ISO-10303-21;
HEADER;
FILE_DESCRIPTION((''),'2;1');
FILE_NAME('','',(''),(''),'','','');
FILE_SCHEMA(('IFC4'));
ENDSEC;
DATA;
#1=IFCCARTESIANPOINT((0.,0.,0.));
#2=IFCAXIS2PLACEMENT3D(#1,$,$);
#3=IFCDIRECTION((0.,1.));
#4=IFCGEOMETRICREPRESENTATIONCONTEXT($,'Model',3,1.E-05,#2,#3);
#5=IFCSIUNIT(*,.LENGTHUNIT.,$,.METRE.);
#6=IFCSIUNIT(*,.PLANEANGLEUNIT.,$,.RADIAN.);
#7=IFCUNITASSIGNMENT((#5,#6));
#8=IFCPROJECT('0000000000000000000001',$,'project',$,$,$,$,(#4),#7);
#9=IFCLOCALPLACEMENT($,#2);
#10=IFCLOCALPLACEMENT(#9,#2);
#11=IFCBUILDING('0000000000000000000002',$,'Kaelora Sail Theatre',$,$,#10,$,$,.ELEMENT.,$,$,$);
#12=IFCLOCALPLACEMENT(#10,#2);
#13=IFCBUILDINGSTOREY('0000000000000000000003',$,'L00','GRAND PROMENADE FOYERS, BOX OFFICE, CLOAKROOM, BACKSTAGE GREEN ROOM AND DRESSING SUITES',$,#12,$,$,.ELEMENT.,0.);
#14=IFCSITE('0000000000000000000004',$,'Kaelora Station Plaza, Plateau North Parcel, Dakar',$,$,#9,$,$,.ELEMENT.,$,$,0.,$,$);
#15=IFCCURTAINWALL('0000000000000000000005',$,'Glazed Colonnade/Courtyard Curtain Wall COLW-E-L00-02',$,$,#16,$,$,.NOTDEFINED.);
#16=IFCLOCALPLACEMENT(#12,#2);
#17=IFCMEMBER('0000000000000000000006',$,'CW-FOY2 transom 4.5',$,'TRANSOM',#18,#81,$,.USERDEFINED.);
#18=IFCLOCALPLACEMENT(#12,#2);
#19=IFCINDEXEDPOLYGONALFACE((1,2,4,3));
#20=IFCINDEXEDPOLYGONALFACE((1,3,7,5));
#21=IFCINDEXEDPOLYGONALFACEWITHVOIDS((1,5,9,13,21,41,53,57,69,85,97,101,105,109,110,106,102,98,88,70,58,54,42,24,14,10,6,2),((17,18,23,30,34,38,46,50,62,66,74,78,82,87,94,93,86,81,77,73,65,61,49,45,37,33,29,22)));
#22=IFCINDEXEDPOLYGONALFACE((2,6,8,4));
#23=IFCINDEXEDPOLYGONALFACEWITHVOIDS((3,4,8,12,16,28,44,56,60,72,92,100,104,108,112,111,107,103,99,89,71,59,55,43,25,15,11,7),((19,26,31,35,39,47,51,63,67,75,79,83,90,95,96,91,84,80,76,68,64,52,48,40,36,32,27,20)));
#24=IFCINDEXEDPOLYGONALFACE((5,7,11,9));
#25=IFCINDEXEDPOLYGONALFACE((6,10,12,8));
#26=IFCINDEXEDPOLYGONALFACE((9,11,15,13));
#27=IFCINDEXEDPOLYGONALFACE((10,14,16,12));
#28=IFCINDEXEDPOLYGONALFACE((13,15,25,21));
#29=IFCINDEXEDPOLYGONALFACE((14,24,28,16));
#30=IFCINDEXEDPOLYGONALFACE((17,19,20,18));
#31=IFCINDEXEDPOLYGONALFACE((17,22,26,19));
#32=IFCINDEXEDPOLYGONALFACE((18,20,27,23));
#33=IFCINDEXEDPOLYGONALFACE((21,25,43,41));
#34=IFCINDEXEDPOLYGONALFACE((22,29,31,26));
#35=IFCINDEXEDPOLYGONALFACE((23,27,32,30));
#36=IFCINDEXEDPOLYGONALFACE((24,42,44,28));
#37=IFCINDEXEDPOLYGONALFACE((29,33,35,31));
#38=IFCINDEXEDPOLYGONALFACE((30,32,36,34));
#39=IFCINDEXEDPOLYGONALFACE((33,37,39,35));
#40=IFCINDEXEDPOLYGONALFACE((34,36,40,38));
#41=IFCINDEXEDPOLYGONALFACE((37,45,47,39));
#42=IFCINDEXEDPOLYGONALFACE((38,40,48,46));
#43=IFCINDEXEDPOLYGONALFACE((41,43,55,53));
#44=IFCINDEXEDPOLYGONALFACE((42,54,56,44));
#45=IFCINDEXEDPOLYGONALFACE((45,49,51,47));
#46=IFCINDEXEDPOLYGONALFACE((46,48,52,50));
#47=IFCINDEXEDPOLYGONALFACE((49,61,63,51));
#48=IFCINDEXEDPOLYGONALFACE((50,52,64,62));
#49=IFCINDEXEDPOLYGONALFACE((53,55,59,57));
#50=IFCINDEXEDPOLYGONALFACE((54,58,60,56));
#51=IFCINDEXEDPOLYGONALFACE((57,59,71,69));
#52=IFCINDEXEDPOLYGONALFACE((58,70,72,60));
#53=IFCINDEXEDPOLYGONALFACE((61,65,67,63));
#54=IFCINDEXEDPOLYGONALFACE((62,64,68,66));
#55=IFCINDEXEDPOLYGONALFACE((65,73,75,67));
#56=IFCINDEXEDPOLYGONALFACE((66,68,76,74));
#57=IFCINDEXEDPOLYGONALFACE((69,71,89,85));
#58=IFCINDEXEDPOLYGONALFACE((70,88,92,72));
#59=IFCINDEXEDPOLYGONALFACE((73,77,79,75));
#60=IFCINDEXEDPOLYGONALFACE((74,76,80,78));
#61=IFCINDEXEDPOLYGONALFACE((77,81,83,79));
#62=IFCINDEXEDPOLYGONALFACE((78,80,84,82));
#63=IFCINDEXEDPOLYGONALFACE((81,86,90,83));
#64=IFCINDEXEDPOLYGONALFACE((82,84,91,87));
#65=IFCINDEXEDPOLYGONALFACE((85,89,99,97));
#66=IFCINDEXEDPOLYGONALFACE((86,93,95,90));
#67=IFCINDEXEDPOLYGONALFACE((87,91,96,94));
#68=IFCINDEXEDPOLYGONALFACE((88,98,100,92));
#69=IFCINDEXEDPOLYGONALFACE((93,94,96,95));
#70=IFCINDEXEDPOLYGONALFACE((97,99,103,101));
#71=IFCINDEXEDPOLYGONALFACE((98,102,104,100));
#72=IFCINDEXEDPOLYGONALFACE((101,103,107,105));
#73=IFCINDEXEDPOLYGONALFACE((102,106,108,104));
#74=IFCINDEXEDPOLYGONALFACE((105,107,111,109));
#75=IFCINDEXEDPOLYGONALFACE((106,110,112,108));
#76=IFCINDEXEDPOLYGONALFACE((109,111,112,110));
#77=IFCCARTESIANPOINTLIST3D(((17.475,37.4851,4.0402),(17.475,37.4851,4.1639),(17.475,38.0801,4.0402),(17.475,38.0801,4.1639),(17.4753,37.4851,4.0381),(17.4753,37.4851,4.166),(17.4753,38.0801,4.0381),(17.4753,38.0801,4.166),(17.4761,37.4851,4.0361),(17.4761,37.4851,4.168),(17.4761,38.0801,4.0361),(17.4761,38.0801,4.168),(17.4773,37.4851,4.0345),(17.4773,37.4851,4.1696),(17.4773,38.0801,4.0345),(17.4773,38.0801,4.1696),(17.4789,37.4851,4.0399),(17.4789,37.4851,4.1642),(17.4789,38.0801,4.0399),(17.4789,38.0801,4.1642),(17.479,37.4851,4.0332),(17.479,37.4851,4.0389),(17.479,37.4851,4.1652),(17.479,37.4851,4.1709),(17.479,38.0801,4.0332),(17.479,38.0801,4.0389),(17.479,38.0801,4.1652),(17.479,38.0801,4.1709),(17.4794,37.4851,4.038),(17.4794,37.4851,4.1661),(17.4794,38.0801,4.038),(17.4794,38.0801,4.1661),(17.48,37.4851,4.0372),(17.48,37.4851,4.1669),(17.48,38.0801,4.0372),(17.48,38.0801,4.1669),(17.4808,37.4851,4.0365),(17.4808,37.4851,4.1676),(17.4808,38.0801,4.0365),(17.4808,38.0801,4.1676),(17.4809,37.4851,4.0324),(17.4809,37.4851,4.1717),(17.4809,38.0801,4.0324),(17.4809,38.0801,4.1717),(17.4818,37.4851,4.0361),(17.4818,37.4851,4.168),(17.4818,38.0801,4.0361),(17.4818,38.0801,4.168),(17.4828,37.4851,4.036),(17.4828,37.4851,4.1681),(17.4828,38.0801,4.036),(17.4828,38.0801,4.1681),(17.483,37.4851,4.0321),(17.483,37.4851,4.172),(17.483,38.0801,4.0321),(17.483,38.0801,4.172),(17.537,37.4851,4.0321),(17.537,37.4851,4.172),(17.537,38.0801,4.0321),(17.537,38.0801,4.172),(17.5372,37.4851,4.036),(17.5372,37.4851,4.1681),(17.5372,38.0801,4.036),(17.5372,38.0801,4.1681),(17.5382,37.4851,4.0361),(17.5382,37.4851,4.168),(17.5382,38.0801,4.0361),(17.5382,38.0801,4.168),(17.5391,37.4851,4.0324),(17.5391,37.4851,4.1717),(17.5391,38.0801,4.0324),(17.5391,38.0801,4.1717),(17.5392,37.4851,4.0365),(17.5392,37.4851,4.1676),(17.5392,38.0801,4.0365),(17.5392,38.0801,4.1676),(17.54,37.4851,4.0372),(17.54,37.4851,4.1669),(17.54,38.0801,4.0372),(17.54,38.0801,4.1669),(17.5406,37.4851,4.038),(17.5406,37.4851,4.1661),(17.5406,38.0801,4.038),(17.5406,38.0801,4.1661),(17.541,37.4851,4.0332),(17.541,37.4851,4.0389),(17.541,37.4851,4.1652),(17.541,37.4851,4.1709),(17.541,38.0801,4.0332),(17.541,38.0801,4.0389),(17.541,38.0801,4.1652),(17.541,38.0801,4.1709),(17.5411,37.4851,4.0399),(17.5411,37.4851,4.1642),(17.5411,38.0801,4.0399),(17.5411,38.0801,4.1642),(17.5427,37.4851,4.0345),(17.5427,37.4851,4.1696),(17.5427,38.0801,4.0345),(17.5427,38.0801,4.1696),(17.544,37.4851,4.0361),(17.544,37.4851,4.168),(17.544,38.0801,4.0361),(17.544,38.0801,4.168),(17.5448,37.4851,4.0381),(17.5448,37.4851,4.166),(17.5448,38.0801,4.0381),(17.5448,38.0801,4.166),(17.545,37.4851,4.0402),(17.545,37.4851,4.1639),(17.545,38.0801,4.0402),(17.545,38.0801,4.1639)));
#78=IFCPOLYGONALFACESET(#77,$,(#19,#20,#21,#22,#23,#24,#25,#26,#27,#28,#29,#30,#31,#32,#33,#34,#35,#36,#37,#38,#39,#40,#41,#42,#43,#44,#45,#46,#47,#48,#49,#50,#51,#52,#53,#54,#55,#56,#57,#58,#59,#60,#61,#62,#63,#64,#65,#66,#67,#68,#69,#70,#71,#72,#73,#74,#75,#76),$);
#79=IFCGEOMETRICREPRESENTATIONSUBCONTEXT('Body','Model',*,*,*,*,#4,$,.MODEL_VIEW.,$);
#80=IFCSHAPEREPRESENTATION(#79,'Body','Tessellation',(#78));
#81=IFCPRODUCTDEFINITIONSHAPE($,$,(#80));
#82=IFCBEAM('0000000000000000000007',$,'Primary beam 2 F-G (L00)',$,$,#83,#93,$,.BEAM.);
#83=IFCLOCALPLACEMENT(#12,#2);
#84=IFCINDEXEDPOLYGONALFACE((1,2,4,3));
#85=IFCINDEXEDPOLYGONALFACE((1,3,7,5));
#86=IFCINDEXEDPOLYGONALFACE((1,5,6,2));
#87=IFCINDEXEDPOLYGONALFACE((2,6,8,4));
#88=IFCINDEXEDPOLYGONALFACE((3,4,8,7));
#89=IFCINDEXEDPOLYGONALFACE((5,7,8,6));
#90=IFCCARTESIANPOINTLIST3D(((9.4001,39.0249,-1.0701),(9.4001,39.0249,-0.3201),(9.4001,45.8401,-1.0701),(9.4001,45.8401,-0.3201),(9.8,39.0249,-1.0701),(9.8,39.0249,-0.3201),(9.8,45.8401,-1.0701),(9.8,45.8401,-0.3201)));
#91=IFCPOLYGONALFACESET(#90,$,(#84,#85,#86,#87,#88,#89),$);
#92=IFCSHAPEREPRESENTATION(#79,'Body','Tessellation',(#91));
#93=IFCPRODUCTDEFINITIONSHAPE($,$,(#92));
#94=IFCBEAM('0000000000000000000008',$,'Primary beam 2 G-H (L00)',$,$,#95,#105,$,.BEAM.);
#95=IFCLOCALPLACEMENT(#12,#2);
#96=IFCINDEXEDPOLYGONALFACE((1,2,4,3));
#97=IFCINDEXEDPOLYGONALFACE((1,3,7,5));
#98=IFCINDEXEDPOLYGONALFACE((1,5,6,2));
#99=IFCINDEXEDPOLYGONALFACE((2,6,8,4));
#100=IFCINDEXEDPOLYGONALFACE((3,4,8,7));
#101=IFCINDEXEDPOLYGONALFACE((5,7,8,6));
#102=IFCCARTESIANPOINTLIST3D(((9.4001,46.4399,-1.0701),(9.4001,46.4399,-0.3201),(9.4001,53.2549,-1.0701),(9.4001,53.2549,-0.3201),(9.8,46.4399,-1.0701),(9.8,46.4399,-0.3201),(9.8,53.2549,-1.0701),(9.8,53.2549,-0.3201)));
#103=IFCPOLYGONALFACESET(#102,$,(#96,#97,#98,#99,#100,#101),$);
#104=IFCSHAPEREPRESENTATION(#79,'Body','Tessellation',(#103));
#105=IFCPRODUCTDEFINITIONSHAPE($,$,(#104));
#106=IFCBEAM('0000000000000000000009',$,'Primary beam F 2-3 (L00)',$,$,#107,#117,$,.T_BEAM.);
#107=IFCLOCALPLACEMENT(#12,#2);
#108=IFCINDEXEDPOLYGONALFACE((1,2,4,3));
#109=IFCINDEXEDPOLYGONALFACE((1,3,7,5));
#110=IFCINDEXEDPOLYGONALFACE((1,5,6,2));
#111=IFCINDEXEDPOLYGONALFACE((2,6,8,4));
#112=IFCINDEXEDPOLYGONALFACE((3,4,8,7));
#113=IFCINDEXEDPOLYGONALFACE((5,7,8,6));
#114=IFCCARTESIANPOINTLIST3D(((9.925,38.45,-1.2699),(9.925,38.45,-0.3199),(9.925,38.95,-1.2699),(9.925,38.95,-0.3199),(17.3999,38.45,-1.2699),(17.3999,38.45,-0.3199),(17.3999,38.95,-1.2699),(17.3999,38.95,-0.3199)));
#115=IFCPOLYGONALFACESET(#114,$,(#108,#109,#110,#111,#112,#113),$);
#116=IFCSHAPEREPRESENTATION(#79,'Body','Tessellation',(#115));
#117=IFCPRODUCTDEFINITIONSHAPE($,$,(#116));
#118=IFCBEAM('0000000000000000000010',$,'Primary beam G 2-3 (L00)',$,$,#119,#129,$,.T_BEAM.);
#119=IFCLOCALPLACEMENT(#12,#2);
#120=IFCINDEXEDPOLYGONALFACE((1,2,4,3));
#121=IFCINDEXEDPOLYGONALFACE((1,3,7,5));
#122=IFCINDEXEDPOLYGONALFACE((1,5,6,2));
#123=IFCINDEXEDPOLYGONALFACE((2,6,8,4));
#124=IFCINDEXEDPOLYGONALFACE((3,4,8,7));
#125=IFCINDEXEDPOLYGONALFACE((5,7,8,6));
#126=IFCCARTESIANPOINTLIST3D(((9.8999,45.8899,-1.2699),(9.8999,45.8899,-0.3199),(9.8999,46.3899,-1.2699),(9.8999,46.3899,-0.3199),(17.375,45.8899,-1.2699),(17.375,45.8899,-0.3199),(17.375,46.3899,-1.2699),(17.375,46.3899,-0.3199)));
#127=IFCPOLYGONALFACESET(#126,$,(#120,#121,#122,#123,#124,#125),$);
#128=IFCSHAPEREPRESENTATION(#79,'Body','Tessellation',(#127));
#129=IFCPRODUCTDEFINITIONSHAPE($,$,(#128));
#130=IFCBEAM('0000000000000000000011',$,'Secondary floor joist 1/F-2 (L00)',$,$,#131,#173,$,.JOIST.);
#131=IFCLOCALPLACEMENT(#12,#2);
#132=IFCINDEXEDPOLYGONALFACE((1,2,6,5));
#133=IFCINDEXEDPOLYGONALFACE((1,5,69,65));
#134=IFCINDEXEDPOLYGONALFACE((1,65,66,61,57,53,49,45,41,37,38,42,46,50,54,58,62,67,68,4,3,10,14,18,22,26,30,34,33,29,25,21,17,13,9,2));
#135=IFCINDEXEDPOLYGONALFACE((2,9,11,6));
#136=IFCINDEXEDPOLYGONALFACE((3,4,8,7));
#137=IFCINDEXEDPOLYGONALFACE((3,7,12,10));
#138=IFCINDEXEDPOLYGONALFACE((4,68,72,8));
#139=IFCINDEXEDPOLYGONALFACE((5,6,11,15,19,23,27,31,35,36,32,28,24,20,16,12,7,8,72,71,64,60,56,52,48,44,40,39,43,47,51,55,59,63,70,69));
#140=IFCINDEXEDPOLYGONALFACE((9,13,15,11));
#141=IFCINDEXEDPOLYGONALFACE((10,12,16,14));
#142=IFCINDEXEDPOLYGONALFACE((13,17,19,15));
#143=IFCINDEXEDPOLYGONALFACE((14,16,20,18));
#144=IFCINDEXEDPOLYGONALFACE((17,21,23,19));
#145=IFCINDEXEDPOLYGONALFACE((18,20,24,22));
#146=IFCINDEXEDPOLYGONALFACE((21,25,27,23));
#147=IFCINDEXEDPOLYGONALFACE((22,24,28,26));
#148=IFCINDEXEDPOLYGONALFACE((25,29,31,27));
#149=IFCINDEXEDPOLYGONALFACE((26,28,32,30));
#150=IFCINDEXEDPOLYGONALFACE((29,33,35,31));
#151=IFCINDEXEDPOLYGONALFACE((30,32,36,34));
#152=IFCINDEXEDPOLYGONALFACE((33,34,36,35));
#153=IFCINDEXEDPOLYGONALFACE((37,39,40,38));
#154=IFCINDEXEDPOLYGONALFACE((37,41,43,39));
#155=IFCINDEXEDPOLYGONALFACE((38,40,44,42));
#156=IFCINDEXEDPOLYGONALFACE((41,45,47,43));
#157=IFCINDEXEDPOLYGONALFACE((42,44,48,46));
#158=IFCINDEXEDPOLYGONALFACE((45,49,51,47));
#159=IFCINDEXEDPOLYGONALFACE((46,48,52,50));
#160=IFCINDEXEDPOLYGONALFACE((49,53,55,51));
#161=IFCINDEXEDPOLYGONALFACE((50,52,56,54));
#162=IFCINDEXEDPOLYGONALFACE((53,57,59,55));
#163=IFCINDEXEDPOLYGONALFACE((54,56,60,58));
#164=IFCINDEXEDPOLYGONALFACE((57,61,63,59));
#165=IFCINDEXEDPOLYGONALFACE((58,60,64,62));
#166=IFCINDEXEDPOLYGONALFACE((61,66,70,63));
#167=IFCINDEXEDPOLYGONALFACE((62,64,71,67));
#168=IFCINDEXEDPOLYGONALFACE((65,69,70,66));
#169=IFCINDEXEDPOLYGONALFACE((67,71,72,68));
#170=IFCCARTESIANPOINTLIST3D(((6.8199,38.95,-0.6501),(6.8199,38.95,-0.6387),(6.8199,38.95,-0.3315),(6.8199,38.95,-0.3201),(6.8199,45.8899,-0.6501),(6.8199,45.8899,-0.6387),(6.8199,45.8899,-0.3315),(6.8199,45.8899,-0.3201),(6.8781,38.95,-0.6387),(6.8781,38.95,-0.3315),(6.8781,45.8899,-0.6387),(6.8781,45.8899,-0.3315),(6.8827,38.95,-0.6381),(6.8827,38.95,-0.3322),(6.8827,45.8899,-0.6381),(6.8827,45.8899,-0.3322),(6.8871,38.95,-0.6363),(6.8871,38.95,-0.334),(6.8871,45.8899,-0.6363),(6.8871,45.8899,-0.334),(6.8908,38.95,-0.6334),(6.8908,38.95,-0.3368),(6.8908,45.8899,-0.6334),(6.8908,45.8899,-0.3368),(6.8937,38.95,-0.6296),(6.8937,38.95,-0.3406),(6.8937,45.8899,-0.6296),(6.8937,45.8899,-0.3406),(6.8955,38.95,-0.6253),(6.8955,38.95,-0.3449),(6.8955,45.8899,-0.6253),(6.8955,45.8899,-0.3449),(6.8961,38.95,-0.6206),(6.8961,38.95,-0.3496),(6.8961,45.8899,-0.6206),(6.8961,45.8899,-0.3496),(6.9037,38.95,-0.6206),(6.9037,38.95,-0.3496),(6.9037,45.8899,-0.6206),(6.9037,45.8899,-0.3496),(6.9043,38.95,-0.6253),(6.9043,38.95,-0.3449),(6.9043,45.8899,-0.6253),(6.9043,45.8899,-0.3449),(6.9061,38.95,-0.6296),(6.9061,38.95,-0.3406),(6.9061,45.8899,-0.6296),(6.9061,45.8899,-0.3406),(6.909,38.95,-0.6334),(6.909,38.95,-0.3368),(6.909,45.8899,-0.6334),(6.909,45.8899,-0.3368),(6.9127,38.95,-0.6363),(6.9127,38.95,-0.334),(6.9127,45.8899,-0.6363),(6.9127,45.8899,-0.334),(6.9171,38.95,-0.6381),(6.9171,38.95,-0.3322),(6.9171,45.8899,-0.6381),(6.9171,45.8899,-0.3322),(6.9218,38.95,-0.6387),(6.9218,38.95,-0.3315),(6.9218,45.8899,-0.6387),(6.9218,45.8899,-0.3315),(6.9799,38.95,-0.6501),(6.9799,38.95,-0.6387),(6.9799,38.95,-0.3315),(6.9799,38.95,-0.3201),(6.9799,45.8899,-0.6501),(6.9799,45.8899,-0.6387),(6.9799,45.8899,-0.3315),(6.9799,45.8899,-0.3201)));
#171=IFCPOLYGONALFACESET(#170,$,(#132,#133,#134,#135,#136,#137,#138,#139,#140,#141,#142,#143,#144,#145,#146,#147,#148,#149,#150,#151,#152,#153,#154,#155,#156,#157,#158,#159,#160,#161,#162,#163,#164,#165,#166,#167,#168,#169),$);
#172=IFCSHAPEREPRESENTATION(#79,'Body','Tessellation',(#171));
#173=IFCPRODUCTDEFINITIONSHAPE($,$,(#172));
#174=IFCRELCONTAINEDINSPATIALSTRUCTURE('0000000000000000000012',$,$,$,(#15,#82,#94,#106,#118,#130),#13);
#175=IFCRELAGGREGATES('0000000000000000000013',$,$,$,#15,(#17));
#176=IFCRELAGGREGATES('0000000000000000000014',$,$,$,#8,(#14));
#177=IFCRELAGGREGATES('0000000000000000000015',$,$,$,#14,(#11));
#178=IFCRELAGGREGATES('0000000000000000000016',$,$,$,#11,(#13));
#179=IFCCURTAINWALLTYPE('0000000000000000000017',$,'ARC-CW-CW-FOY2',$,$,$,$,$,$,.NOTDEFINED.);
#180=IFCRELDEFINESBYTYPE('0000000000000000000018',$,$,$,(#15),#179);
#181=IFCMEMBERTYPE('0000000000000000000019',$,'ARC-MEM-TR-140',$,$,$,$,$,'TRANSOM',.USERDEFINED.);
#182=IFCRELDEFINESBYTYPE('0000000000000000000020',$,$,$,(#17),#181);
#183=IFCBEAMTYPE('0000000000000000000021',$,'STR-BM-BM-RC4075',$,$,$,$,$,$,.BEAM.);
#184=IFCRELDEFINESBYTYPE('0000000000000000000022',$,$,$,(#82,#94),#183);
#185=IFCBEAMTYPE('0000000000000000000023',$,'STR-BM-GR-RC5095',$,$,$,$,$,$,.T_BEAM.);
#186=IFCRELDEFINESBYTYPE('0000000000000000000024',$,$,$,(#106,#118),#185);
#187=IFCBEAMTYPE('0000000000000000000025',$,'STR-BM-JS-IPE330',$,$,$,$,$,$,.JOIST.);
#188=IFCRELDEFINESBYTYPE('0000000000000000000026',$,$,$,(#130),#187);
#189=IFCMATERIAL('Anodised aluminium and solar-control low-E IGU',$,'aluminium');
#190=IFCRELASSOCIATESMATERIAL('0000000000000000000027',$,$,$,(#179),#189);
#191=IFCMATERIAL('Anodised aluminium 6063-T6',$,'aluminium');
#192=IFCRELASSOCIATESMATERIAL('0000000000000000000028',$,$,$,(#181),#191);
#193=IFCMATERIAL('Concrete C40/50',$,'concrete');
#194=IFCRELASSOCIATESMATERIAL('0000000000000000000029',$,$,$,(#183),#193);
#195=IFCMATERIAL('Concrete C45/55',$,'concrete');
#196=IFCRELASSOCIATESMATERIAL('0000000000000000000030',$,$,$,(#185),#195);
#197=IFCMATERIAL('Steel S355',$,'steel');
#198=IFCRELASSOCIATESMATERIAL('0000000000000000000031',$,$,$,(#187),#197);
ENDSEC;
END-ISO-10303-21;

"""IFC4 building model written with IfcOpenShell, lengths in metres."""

from ifc_helpers import new_model, si_unit, direction, frame, origin, origin_2d, place, context, subcontext, project, spatial, rectangle, hollow_rectangle, i_section, extrude, material, material_profile, profile_set, type_object, element, aggregate, save


model = new_model("IFC4")

# Units and contexts
model_context = context("Model", 3, precision=1e-05, world=origin(), true_north=direction((0.0, 1.0)))
body_context = subcontext(model_context, "Body", "Model", "MODEL_VIEW")
ifc_project = project(units=[si_unit("LENGTHUNIT", "METRE"), si_unit("PLANEANGLEUNIT", "RADIAN")], contexts=[model_context])

# Site, building, storey
site_placement = place(None, origin())
site = spatial("IfcSite", under=ifc_project, at=site_placement, Name="Kaelora Station Plaza, Plateau North Parcel, Dakar", CompositionType="ELEMENT", RefElevation=0.0)
building_placement = place(site_placement, origin())
building = spatial("IfcBuilding", under=site, at=building_placement, Name="Kaelora Sail Theatre", CompositionType="ELEMENT")
storey_placement = place(building_placement, origin())
storey = spatial("IfcBuildingStorey", under=building, at=storey_placement, Name="L00", Description="GRAND PROMENADE FOYERS, BOX OFFICE, CLOAKROOM, BACKSTAGE GREEN ROOM AND DRESSING SUITES", CompositionType="ELEMENT", Elevation=0.0)

# Curtain wall
ifc_material_1 = material(Name="Anodised aluminium and solar-control low-E IGU", Category="aluminium")
curtain_wall_type = type_object("IfcCurtainWallType", Name="ARC-CW-CW-FOY2", PredefinedType="NOTDEFINED", material=ifc_material_1)
curtain_wall_1_placement = place(storey_placement, origin())
curtain_wall_1 = element("IfcCurtainWall", 1, at=curtain_wall_1_placement, inside=storey, type_object=curtain_wall_type, Name="Glazed Colonnade/Courtyard Curtain Wall COLW-E-L00-02", PredefinedType="NOTDEFINED")

# Member
ifc_material_2 = material(Name="Anodised aluminium 6063-T6", Category="aluminium")
ifc_material_profile_1 = material_profile(ifc_material_2, hollow_rectangle(XDim=0.0701, YDim=0.1399, WallThickness=0.0039, InnerFilletRadius=0.0039, OuterFilletRadius=0.0081, at=origin_2d()), Name="ALU-TRAN 70x140x4")
ifc_profile_set_1 = profile_set([ifc_material_profile_1], Name="Anodised aluminium 6063-T6")
member_type_1 = type_object("IfcMemberType", Name="ARC-MEM-TR-140", ElementType="TRANSOM", PredefinedType="USERDEFINED", material=ifc_profile_set_1)
member_1_placement = place(storey_placement, frame((17.51, 37.4851, 4.1021), z_axis=(0.0, 1.0, 0.0), x_axis=(-1.0, 0.0, 0.0)))
member_1 = element("IfcMember", 2, at=member_1_placement, type_object=member_type_1, Name="CW-FOY2 transom 4.5", ObjectType="TRANSOM", PredefinedType="USERDEFINED", context=body_context, shape_type="SweptSolid", body=[
    extrude(hollow_rectangle(XDim=0.0701, YDim=0.1399, WallThickness=0.0039, InnerFilletRadius=0.0039, OuterFilletRadius=0.0081, at=origin_2d()), origin(), (0.0, 0.0, 1.0), 0.595),
])

# Beams
ifc_material_3 = material(Name="Concrete C40/50", Category="concrete")
ifc_material_profile_2 = material_profile(ifc_material_3, rectangle(XDim=0.3999, YDim=0.75, at=origin_2d()), Name="RC-BM 400x750")
ifc_profile_set_2 = profile_set([ifc_material_profile_2], Name="Concrete C40/50")
beam_type_1 = type_object("IfcBeamType", Name="STR-BM-BM-RC4075", PredefinedType="BEAM", material=ifc_profile_set_2)
beam_1_placement = place(storey_placement, frame((9.6001, 39.0249, -0.6951), z_axis=(0.0, 1.0, 0.0), x_axis=(-1.0, 0.0, 0.0)))
element("IfcBeam", 3, at=beam_1_placement, inside=storey, type_object=beam_type_1, Name="Primary beam 2 F-G (L00)", PredefinedType="BEAM", context=body_context, shape_type="SweptSolid", body=[
    extrude(rectangle(XDim=0.3999, YDim=0.75, at=origin_2d()), origin(), (0.0, 0.0, 1.0), 6.8152),
])
beam_2_placement = place(storey_placement, frame((9.6001, 46.4399, -0.6951), z_axis=(0.0, 1.0, 0.0), x_axis=(-1.0, 0.0, 0.0)))
element("IfcBeam", 4, at=beam_2_placement, inside=storey, type_object=beam_type_1, Name="Primary beam 2 G-H (L00)", PredefinedType="BEAM", context=body_context, shape_type="SweptSolid", body=[
    extrude(rectangle(XDim=0.3999, YDim=0.75, at=origin_2d()), origin(), (0.0, 0.0, 1.0), 6.8149),
])
ifc_material_4 = material(Name="Concrete C45/55", Category="concrete")
ifc_material_profile_3 = material_profile(ifc_material_4, rectangle(XDim=0.5, YDim=0.95, at=origin_2d()), Name="RC-GRD 500x950")
ifc_profile_set_3 = profile_set([ifc_material_profile_3], Name="Concrete C45/55")
beam_type_2 = type_object("IfcBeamType", Name="STR-BM-GR-RC5095", PredefinedType="T_BEAM", material=ifc_profile_set_3)
beam_3_placement = place(storey_placement, frame((9.925, 38.7, -0.7949), z_axis=(1.0, 0.0, 0.0), x_axis=(0.0, 1.0, 0.0)))
element("IfcBeam", 5, at=beam_3_placement, inside=storey, type_object=beam_type_2, Name="Primary beam F 2-3 (L00)", PredefinedType="T_BEAM", context=body_context, shape_type="SweptSolid", body=[
    extrude(rectangle(XDim=0.5, YDim=0.95, at=origin_2d()), origin(), (0.0, 0.0, 1.0), 7.4749),
])
beam_4_placement = place(storey_placement, frame((9.8999, 46.1399, -0.7949), z_axis=(1.0, 0.0, 0.0), x_axis=(0.0, 1.0, 0.0)))
element("IfcBeam", 6, at=beam_4_placement, inside=storey, type_object=beam_type_2, Name="Primary beam G 2-3 (L00)", PredefinedType="T_BEAM", context=body_context, shape_type="SweptSolid", body=[
    extrude(rectangle(XDim=0.5, YDim=0.95, at=origin_2d()), origin(), (0.0, 0.0, 1.0), 7.4751),
])
ifc_material_5 = material(Name="Steel S355", Category="steel")
ifc_material_profile_4 = material_profile(ifc_material_5, i_section(OverallWidth=0.1599, OverallDepth=0.3301, WebThickness=0.0076, FlangeThickness=0.0115, FilletRadius=0.0181, at=origin_2d()), Name="IPE 330")
ifc_profile_set_4 = profile_set([ifc_material_profile_4], Name="Steel S355")
beam_type_3 = type_object("IfcBeamType", Name="STR-BM-JS-IPE330", PredefinedType="JOIST", material=ifc_profile_set_4)
for number, where, z_axis, x_axis, name in (
    (7, (6.8999, 38.95, -0.4851), (0.0, 1.0, 0.0), (-1.0, 0.0, 0.0), "Secondary floor joist 1/F-2 (L00)"),
):
    element("IfcBeam", number, at=place(storey_placement, frame(where, z_axis=z_axis, x_axis=x_axis)), inside=storey, type_object=beam_type_3, Name=name, PredefinedType="JOIST", context=body_context, shape_type="SweptSolid", body=[
        extrude(i_section(OverallWidth=0.1599, OverallDepth=0.3301, WebThickness=0.0076, FlangeThickness=0.0115, FilletRadius=0.0181, at=origin_2d()), origin(), (0.0, 0.0, 1.0), 6.9399),
    ])

aggregate(curtain_wall_1, [member_1])

save(model, "model.ifc")
